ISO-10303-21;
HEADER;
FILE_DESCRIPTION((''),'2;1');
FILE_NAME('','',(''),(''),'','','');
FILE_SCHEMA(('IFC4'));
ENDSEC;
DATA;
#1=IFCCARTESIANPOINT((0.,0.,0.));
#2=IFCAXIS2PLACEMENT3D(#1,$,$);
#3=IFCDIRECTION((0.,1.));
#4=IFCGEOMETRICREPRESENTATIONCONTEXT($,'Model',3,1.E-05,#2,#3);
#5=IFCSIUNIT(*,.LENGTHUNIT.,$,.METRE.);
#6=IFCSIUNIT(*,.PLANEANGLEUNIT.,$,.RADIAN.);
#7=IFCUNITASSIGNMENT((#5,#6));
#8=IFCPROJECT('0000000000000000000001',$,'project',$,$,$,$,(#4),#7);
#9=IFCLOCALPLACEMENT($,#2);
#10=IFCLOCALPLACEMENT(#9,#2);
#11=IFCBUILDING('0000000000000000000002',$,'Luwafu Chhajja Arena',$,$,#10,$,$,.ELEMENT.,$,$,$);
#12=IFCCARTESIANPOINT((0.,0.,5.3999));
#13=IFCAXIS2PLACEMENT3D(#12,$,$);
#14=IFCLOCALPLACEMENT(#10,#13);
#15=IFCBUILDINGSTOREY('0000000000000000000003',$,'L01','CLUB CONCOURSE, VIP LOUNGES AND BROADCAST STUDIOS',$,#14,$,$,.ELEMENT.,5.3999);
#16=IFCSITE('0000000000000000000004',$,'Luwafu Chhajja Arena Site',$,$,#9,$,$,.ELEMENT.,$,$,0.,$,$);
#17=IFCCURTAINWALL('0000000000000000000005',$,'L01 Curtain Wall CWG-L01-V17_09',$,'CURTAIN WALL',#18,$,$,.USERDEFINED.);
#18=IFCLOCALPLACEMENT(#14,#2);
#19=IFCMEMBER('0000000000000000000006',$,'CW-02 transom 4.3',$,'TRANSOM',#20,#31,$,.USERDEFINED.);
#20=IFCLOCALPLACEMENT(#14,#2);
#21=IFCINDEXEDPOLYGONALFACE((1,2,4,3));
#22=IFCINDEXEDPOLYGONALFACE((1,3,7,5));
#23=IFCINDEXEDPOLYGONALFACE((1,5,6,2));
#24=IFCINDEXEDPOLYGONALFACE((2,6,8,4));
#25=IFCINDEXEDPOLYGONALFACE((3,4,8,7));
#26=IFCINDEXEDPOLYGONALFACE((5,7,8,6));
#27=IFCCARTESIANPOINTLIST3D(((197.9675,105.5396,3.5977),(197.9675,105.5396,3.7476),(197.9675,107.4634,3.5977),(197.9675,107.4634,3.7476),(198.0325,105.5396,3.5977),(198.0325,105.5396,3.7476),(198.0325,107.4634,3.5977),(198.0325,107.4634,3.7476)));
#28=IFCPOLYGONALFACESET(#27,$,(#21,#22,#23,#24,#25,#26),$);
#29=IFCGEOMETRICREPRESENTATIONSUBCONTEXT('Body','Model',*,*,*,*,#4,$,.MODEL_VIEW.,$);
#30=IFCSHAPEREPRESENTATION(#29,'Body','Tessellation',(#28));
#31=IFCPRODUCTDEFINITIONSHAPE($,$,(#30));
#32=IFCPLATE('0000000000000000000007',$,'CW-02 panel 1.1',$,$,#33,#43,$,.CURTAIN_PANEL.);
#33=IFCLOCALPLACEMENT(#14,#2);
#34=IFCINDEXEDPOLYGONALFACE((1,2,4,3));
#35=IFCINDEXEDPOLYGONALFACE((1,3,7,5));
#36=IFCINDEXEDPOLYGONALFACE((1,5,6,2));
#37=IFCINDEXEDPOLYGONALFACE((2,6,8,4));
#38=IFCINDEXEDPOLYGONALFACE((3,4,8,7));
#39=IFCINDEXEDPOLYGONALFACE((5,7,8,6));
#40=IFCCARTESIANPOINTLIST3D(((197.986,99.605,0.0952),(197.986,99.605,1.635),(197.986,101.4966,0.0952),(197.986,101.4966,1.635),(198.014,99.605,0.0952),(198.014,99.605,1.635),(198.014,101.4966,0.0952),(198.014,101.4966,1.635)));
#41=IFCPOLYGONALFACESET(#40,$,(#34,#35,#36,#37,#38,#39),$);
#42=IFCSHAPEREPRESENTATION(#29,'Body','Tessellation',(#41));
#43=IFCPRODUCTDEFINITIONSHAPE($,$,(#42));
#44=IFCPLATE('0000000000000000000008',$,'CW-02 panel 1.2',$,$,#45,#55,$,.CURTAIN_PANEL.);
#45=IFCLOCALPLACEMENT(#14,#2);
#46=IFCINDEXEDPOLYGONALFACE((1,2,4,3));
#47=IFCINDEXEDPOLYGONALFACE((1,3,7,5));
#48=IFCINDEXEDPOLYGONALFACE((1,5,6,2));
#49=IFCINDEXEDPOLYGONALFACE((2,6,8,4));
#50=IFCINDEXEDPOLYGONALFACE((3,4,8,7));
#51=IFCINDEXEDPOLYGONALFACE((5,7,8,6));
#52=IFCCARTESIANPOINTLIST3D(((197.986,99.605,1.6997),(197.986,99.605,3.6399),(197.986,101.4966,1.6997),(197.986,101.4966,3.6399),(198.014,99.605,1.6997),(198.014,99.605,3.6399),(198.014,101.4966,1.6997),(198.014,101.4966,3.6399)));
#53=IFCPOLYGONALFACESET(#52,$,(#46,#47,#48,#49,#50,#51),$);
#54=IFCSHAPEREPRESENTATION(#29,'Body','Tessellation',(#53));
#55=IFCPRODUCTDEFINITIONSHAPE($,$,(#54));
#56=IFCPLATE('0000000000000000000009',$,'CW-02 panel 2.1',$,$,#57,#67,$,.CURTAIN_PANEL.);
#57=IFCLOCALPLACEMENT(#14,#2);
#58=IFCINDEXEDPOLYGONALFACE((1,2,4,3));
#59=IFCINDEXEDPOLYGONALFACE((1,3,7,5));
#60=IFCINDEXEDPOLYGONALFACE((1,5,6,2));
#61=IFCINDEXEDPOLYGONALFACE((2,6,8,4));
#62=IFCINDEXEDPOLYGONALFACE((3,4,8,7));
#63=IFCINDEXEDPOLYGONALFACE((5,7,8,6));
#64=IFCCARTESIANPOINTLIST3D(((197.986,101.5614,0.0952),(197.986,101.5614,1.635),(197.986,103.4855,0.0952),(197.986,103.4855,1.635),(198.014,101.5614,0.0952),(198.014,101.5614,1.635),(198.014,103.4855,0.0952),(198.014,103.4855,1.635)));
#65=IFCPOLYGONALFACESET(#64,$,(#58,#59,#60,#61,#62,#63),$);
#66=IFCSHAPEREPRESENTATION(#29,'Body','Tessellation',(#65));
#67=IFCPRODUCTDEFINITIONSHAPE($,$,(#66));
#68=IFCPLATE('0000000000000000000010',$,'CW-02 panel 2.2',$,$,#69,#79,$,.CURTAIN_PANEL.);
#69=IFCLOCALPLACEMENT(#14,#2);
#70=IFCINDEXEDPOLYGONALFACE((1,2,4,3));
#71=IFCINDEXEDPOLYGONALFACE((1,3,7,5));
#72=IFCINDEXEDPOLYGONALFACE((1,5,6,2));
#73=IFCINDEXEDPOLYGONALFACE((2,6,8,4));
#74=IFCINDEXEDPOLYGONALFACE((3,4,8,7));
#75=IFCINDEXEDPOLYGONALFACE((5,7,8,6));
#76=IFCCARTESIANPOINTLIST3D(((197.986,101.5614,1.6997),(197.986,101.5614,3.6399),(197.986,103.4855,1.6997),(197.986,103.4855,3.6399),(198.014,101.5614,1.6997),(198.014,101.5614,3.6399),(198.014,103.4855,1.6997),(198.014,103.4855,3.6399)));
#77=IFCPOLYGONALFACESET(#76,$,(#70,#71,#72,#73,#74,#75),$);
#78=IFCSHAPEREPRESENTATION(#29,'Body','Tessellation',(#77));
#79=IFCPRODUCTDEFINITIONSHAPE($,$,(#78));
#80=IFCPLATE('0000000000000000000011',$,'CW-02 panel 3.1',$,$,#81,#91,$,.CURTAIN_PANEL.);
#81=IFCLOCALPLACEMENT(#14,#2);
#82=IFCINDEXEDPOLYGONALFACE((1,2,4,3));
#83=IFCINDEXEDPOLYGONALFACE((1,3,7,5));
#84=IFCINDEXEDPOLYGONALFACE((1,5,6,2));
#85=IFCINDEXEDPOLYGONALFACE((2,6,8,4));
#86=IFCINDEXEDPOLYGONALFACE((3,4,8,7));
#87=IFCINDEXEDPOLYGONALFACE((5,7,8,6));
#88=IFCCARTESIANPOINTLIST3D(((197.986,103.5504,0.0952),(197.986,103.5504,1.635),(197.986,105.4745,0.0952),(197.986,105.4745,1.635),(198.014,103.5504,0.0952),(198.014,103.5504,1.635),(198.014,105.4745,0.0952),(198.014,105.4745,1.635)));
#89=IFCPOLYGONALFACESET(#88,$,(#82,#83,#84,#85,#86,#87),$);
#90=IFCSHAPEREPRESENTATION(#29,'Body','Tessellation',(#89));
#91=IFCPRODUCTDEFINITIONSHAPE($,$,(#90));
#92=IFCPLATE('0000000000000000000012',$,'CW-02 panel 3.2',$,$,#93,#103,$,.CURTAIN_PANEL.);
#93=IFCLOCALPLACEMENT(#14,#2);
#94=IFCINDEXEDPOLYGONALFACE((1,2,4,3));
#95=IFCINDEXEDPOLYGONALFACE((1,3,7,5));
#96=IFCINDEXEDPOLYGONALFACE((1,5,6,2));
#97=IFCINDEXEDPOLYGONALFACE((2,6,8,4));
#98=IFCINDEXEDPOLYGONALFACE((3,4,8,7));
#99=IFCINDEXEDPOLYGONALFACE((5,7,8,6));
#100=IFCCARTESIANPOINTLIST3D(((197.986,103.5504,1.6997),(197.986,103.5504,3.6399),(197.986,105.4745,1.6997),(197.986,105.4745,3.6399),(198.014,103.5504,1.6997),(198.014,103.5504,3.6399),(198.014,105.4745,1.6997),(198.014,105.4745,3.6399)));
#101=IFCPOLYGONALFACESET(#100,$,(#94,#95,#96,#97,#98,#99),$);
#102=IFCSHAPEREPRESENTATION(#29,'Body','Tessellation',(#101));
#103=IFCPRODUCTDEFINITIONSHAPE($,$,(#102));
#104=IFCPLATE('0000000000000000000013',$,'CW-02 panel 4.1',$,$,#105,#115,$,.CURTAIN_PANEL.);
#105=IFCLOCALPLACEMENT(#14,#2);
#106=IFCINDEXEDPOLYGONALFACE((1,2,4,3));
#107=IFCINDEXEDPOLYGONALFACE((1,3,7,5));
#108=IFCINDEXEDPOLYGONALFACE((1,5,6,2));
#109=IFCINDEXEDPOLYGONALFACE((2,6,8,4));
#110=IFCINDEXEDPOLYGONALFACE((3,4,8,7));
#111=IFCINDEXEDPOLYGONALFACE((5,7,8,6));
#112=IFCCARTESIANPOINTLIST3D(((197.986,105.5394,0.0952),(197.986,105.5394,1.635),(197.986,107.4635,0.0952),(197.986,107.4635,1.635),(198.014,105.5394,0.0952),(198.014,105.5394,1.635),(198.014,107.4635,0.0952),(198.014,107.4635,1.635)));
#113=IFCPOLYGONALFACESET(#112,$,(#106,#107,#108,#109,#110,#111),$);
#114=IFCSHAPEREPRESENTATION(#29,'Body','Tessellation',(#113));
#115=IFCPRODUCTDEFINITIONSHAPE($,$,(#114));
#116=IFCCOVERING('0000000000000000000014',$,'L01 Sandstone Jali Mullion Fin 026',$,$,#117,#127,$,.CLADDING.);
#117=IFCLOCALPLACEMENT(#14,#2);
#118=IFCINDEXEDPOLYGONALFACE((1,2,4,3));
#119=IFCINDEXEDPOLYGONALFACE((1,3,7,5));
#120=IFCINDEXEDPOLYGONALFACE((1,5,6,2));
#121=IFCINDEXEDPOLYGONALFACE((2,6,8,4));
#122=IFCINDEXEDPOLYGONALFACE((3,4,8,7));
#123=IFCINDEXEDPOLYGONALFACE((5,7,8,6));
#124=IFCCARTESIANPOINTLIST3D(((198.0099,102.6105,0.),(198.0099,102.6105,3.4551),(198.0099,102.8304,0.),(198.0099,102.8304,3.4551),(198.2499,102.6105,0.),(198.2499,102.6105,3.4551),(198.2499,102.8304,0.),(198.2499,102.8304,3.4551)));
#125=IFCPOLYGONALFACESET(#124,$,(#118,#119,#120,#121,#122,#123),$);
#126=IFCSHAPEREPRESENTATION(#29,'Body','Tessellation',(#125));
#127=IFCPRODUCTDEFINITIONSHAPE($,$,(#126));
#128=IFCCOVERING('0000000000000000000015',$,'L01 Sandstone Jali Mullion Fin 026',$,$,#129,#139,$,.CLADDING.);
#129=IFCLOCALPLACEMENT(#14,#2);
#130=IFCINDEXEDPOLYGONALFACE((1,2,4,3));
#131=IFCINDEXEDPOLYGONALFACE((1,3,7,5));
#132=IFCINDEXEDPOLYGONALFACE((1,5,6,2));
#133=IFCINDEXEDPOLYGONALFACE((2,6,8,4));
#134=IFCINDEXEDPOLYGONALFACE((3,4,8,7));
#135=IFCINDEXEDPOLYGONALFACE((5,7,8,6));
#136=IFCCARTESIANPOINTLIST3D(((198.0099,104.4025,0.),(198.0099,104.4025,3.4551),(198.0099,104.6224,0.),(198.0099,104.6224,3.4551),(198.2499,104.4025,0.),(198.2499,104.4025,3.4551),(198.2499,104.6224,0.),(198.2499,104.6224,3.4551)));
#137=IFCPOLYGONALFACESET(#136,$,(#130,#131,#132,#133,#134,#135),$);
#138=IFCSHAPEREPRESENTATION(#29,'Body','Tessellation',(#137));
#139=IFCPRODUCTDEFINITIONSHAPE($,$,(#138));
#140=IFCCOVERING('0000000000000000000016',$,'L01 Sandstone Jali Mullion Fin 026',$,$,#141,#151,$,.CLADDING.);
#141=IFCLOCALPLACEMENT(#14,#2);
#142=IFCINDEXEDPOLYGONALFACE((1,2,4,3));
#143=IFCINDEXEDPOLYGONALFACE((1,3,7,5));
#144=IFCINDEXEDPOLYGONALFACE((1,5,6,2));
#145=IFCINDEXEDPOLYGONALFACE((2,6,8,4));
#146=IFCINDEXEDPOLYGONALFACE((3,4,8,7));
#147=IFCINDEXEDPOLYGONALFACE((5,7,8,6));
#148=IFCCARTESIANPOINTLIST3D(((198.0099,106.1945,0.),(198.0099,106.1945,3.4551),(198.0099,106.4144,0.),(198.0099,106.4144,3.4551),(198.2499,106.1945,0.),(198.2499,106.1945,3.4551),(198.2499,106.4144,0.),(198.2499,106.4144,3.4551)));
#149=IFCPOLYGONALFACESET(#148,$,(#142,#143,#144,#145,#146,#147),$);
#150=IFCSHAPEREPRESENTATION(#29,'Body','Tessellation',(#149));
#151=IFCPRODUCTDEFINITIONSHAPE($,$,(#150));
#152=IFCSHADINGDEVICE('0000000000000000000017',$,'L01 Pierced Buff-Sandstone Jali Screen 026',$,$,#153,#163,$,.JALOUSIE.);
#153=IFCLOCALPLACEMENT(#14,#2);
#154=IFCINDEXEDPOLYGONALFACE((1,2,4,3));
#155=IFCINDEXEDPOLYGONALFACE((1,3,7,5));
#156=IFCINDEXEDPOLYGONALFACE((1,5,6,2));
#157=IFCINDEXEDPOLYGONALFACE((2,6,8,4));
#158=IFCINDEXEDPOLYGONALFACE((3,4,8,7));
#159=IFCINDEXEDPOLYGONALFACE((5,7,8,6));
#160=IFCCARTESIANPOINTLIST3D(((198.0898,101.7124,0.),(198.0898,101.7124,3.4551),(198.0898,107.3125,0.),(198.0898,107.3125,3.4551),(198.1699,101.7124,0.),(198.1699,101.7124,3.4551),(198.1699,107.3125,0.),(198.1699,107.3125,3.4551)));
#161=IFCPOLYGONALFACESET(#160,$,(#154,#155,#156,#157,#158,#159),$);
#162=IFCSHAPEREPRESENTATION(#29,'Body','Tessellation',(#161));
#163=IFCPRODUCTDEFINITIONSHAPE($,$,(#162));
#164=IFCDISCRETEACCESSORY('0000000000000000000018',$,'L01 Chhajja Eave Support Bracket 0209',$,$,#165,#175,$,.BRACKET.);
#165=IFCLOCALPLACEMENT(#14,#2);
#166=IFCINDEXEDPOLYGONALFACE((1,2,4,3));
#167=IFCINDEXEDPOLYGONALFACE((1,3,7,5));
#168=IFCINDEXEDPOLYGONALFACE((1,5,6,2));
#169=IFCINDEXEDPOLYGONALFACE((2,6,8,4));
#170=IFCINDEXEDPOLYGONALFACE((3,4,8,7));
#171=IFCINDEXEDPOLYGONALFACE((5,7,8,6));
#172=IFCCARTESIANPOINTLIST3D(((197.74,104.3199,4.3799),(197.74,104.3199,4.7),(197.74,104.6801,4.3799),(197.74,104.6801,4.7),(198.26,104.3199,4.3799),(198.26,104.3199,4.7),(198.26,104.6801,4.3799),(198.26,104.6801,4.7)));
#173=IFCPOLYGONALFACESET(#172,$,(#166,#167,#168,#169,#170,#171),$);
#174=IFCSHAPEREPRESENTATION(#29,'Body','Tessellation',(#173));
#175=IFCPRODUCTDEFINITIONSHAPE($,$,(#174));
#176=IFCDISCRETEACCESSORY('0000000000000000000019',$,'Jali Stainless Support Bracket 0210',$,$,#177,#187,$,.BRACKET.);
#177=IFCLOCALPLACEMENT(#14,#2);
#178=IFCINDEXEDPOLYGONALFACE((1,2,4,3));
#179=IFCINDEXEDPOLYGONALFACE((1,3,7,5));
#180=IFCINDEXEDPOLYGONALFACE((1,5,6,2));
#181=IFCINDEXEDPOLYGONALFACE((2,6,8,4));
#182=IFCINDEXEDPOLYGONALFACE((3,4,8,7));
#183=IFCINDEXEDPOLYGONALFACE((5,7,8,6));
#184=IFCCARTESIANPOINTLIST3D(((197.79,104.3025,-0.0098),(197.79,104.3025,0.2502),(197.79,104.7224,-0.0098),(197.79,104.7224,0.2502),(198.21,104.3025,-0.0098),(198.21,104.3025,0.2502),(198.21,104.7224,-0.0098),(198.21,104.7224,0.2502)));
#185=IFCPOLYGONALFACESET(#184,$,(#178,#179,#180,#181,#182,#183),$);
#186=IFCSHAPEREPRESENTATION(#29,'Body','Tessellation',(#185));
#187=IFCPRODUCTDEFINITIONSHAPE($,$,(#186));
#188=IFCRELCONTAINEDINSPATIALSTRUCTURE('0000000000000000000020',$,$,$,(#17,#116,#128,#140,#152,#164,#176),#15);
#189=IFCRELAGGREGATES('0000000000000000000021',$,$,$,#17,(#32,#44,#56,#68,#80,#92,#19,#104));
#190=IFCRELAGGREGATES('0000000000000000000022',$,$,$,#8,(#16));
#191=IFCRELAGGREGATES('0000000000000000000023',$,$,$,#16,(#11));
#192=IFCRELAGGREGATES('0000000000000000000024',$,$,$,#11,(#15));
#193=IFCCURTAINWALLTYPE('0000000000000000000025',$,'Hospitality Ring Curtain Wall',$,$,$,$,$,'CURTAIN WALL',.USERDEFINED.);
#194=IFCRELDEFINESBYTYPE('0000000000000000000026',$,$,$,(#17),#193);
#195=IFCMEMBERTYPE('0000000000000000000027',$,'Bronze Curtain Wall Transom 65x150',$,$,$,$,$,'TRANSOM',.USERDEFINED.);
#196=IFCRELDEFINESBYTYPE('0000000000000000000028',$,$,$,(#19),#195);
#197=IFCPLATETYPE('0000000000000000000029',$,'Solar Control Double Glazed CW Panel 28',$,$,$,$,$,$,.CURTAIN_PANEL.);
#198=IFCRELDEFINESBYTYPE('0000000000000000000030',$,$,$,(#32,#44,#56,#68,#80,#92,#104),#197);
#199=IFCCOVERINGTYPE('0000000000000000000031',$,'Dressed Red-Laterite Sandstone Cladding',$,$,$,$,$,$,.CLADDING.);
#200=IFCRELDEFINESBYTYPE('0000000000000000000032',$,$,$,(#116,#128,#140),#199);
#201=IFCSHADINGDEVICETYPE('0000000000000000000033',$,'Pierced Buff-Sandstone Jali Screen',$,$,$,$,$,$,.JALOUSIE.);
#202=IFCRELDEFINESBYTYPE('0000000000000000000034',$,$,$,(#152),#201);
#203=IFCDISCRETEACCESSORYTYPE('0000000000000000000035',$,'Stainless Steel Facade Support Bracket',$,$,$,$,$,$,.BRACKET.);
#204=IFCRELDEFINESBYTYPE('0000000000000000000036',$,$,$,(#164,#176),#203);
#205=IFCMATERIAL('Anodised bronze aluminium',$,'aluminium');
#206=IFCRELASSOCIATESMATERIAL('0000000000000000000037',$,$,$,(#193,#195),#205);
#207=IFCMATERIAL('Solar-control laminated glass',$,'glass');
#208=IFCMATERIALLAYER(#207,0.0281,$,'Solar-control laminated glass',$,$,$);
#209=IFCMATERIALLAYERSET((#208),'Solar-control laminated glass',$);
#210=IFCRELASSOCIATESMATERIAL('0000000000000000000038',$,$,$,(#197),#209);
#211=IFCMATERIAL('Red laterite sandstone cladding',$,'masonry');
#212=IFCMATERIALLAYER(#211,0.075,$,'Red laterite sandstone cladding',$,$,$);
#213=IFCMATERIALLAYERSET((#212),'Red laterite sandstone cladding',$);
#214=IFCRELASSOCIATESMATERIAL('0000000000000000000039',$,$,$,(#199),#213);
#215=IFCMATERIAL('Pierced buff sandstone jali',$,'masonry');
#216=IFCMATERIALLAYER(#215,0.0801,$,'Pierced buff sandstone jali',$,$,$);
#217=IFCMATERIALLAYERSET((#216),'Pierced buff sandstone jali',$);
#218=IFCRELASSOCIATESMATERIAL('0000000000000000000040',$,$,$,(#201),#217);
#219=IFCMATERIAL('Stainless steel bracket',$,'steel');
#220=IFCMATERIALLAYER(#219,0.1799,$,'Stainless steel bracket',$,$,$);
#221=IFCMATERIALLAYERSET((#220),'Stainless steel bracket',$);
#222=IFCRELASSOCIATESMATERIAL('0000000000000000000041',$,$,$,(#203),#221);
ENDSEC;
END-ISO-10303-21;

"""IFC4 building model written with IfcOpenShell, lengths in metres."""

from ifc_helpers import new_model, si_unit, direction, frame, origin, origin_2d, place, context, subcontext, project, spatial, rectangle, extrude, material, layer, layer_set, material_profile, profile_set, type_object, element, aggregate, save


model = new_model("IFC4")

# Units and contexts
model_context = context("Model", 3, precision=1e-05, world=origin(), true_north=direction((0.0, 1.0)))
body_context = subcontext(model_context, "Body", "Model", "MODEL_VIEW")
ifc_project = project(units=[si_unit("LENGTHUNIT", "METRE"), si_unit("PLANEANGLEUNIT", "RADIAN")], contexts=[model_context])

# Site, building, storey
site_placement = place(None, origin())
site = spatial("IfcSite", under=ifc_project, at=site_placement, Name="Luwafu Chhajja Arena Site", CompositionType="ELEMENT", RefElevation=0.0)
building_placement = place(site_placement, origin())
building = spatial("IfcBuilding", under=site, at=building_placement, Name="Luwafu Chhajja Arena", CompositionType="ELEMENT")
storey_placement = place(building_placement, frame((0.0, 0.0, 5.3999)))
storey = spatial("IfcBuildingStorey", under=building, at=storey_placement, Name="L01", Description="CLUB CONCOURSE, VIP LOUNGES AND BROADCAST STUDIOS", CompositionType="ELEMENT", Elevation=5.3999)

# Curtain wall, member, plates
ifc_material_1 = material(Name="Anodised bronze aluminium", Category="aluminium")
curtain_wall_type = type_object("IfcCurtainWallType", Name="Hospitality Ring Curtain Wall", ElementType="CURTAIN WALL", PredefinedType="USERDEFINED", material=ifc_material_1)
curtain_wall_placement = place(storey_placement, origin())
curtain_wall = element("IfcCurtainWall", 1, at=curtain_wall_placement, inside=storey, type_object=curtain_wall_type, Name="L01 Curtain Wall CWG-L01-V17_09", ObjectType="CURTAIN WALL", PredefinedType="USERDEFINED")
ifc_material_profile_1 = material_profile(ifc_material_1, rectangle(XDim=0.0649, YDim=0.1499, at=origin_2d()), Name="CWT 65x150")
ifc_profile_set_1 = profile_set([ifc_material_profile_1], Name="Anodised bronze aluminium")
member_type_1 = type_object("IfcMemberType", Name="Bronze Curtain Wall Transom 65x150", ElementType="TRANSOM", PredefinedType="USERDEFINED", material=ifc_profile_set_1)
member_1_placement = place(storey_placement, frame((198.0, 105.5396, 3.6726), z_axis=(0.0, 1.0, 0.0), x_axis=(-1.0, 0.0, 0.0)))
member_1 = element("IfcMember", 2, at=member_1_placement, type_object=member_type_1, Name="CW-02 transom 4.3", ObjectType="TRANSOM", PredefinedType="USERDEFINED", context=body_context, shape_type="SweptSolid", body=[
    extrude(rectangle(XDim=0.0649, YDim=0.1499, at=origin_2d()), origin(), (0.0, 0.0, 1.0), 1.9238),
])
ifc_material_2 = material(Name="Solar-control laminated glass", Category="glass")
ifc_layer_1 = layer(ifc_material_2, 0.0281, Name="Solar-control laminated glass")
ifc_layer_set_1 = layer_set([ifc_layer_1], Name="Solar-control laminated glass")
plate_type = type_object("IfcPlateType", Name="Solar Control Double Glazed CW Panel 28", PredefinedType="CURTAIN_PANEL", material=ifc_layer_set_1)
plate_1_placement = place(storey_placement, frame((198.0, 100.5508, 0.0952), z_axis=(0.0, 0.0, 1.0), x_axis=(0.0, 1.0, 0.0)))
plate_1 = element("IfcPlate", 3, at=plate_1_placement, type_object=plate_type, Name="CW-02 panel 1.1", PredefinedType="CURTAIN_PANEL", context=body_context, shape_type="SweptSolid", body=[
    extrude(rectangle(XDim=1.8916, YDim=0.0281, at=origin_2d()), origin(), (0.0, 0.0, 1.0), 1.5398),
])
plate_2_placement = place(storey_placement, frame((198.0, 100.5508, 1.6997), z_axis=(0.0, 0.0, 1.0), x_axis=(0.0, 1.0, 0.0)))
plate_2 = element("IfcPlate", 4, at=plate_2_placement, type_object=plate_type, Name="CW-02 panel 1.2", PredefinedType="CURTAIN_PANEL", context=body_context, shape_type="SweptSolid", body=[
    extrude(rectangle(XDim=1.8916, YDim=0.0281, at=origin_2d()), origin(), (0.0, 0.0, 1.0), 1.9402),
])
plate_3_placement = place(storey_placement, frame((198.0, 102.5234, 0.0952), z_axis=(0.0, 0.0, 1.0), x_axis=(0.0, 1.0, 0.0)))
plate_3 = element("IfcPlate", 5, at=plate_3_placement, type_object=plate_type, Name="CW-02 panel 2.1", PredefinedType="CURTAIN_PANEL", context=body_context, shape_type="SweptSolid", body=[
    extrude(rectangle(XDim=1.9241, YDim=0.0281, at=origin_2d()), origin(), (0.0, 0.0, 1.0), 1.5398),
])
plate_4_placement = place(storey_placement, frame((198.0, 102.5234, 1.6997), z_axis=(0.0, 0.0, 1.0), x_axis=(0.0, 1.0, 0.0)))
plate_4 = element("IfcPlate", 6, at=plate_4_placement, type_object=plate_type, Name="CW-02 panel 2.2", PredefinedType="CURTAIN_PANEL", context=body_context, shape_type="SweptSolid", body=[
    extrude(rectangle(XDim=1.9241, YDim=0.0281, at=origin_2d()), origin(), (0.0, 0.0, 1.0), 1.9402),
])
plate_5_placement = place(storey_placement, frame((198.0, 104.5125, 0.0952), z_axis=(0.0, 0.0, 1.0), x_axis=(0.0, 1.0, 0.0)))
plate_5 = element("IfcPlate", 7, at=plate_5_placement, type_object=plate_type, Name="CW-02 panel 3.1", PredefinedType="CURTAIN_PANEL", context=body_context, shape_type="SweptSolid", body=[
    extrude(rectangle(XDim=1.9241, YDim=0.0281, at=origin_2d()), origin(), (0.0, 0.0, 1.0), 1.5398),
])
plate_6_placement = place(storey_placement, frame((198.0, 104.5125, 1.6997), z_axis=(0.0, 0.0, 1.0), x_axis=(0.0, 1.0, 0.0)))
plate_6 = element("IfcPlate", 8, at=plate_6_placement, type_object=plate_type, Name="CW-02 panel 3.2", PredefinedType="CURTAIN_PANEL", context=body_context, shape_type="SweptSolid", body=[
    extrude(rectangle(XDim=1.9241, YDim=0.0281, at=origin_2d()), origin(), (0.0, 0.0, 1.0), 1.9402),
])
plate_7_placement = place(storey_placement, frame((198.0, 106.5015, 0.0952), z_axis=(0.0, 0.0, 1.0), x_axis=(0.0, 1.0, 0.0)))
plate_7 = element("IfcPlate", 9, at=plate_7_placement, type_object=plate_type, Name="CW-02 panel 4.1", PredefinedType="CURTAIN_PANEL", context=body_context, shape_type="SweptSolid", body=[
    extrude(rectangle(XDim=1.9241, YDim=0.0281, at=origin_2d()), origin(), (0.0, 0.0, 1.0), 1.5398),
])
aggregate(curtain_wall, [plate_1, plate_2, plate_3, plate_4, plate_5, plate_6, member_1, plate_7])

# Coverings
ifc_material_3 = material(Name="Red laterite sandstone cladding", Category="masonry")
ifc_layer_2 = layer(ifc_material_3, 0.075, Name="Red laterite sandstone cladding")
ifc_layer_set_2 = layer_set([ifc_layer_2], Name="Red laterite sandstone cladding")
covering_type = type_object("IfcCoveringType", Name="Dressed Red-Laterite Sandstone Cladding", PredefinedType="CLADDING", material=ifc_layer_set_2)
for number, where, z_axis, x_axis, name in (
    (10, (198.1299, 102.7205, 0.0), (0.0, 0.0, 1.0), (0.0, 1.0, 0.0), "L01 Sandstone Jali Mullion Fin 026"),
    (11, (198.1299, 104.5125, 0.0), (0.0, 0.0, 1.0), (0.0, 1.0, 0.0), "L01 Sandstone Jali Mullion Fin 026"),
    (12, (198.1299, 106.3044, 0.0), (0.0, 0.0, 1.0), (0.0, 1.0, 0.0), "L01 Sandstone Jali Mullion Fin 026"),
):
    element("IfcCovering", number, at=place(storey_placement, frame(where, z_axis=z_axis, x_axis=x_axis)), inside=storey, type_object=covering_type, Name=name, PredefinedType="CLADDING", context=body_context, shape_type="SweptSolid", body=[
        extrude(rectangle(XDim=0.22, YDim=0.24, at=origin_2d()), origin(), (0.0, 0.0, 1.0), 3.4551),
    ])

# Shading device
ifc_material_4 = material(Name="Pierced buff sandstone jali", Category="masonry")
ifc_layer_3 = layer(ifc_material_4, 0.0801, Name="Pierced buff sandstone jali")
ifc_layer_set_3 = layer_set([ifc_layer_3], Name="Pierced buff sandstone jali")
shading_device_type = type_object("IfcShadingDeviceType", Name="Pierced Buff-Sandstone Jali Screen", PredefinedType="JALOUSIE", material=ifc_layer_set_3)
shading_device_placement = place(storey_placement, frame((198.1299, 104.5125, 0.0), z_axis=(0.0, 0.0, 1.0), x_axis=(0.0, 1.0, 0.0)))
element("IfcShadingDevice", 13, at=shading_device_placement, inside=storey, type_object=shading_device_type, Name="L01 Pierced Buff-Sandstone Jali Screen 026", PredefinedType="JALOUSIE", context=body_context, shape_type="SweptSolid", body=[
    extrude(rectangle(XDim=5.6001, YDim=0.0801, at=origin_2d()), origin(), (0.0, 0.0, 1.0), 3.4551),
])

# Discrete accessories
ifc_material_5 = material(Name="Stainless steel bracket", Category="steel")
ifc_layer_4 = layer(ifc_material_5, 0.1799, Name="Stainless steel bracket")
ifc_layer_set_4 = layer_set([ifc_layer_4], Name="Stainless steel bracket")
discrete_accessory_type = type_object("IfcDiscreteAccessoryType", Name="Stainless Steel Facade Support Bracket", PredefinedType="BRACKET", material=ifc_layer_set_4)
discrete_accessory_1_placement = place(storey_placement, frame((198.0, 104.5, 4.3799), z_axis=(0.0, 0.0, 1.0), x_axis=(0.0, 1.0, 0.0)))
element("IfcDiscreteAccessory", 14, at=discrete_accessory_1_placement, inside=storey, type_object=discrete_accessory_type, Name="L01 Chhajja Eave Support Bracket 0209", PredefinedType="BRACKET", context=body_context, shape_type="SweptSolid", body=[
    extrude(rectangle(XDim=0.3601, YDim=0.52, at=origin_2d()), origin(), (0.0, 0.0, 1.0), 0.3201),
])
discrete_accessory_2_placement = place(storey_placement, frame((198.0, 104.5125, -0.0098), z_axis=(0.0, 0.0, 1.0), x_axis=(0.0, 1.0, 0.0)))
element("IfcDiscreteAccessory", 15, at=discrete_accessory_2_placement, inside=storey, type_object=discrete_accessory_type, Name="Jali Stainless Support Bracket 0210", PredefinedType="BRACKET", context=body_context, shape_type="SweptSolid", body=[
    extrude(rectangle(XDim=0.4199, YDim=0.4199, at=origin_2d()), origin(), (0.0, 0.0, 1.0), 0.26),
])

save(model, "model.ifc")
